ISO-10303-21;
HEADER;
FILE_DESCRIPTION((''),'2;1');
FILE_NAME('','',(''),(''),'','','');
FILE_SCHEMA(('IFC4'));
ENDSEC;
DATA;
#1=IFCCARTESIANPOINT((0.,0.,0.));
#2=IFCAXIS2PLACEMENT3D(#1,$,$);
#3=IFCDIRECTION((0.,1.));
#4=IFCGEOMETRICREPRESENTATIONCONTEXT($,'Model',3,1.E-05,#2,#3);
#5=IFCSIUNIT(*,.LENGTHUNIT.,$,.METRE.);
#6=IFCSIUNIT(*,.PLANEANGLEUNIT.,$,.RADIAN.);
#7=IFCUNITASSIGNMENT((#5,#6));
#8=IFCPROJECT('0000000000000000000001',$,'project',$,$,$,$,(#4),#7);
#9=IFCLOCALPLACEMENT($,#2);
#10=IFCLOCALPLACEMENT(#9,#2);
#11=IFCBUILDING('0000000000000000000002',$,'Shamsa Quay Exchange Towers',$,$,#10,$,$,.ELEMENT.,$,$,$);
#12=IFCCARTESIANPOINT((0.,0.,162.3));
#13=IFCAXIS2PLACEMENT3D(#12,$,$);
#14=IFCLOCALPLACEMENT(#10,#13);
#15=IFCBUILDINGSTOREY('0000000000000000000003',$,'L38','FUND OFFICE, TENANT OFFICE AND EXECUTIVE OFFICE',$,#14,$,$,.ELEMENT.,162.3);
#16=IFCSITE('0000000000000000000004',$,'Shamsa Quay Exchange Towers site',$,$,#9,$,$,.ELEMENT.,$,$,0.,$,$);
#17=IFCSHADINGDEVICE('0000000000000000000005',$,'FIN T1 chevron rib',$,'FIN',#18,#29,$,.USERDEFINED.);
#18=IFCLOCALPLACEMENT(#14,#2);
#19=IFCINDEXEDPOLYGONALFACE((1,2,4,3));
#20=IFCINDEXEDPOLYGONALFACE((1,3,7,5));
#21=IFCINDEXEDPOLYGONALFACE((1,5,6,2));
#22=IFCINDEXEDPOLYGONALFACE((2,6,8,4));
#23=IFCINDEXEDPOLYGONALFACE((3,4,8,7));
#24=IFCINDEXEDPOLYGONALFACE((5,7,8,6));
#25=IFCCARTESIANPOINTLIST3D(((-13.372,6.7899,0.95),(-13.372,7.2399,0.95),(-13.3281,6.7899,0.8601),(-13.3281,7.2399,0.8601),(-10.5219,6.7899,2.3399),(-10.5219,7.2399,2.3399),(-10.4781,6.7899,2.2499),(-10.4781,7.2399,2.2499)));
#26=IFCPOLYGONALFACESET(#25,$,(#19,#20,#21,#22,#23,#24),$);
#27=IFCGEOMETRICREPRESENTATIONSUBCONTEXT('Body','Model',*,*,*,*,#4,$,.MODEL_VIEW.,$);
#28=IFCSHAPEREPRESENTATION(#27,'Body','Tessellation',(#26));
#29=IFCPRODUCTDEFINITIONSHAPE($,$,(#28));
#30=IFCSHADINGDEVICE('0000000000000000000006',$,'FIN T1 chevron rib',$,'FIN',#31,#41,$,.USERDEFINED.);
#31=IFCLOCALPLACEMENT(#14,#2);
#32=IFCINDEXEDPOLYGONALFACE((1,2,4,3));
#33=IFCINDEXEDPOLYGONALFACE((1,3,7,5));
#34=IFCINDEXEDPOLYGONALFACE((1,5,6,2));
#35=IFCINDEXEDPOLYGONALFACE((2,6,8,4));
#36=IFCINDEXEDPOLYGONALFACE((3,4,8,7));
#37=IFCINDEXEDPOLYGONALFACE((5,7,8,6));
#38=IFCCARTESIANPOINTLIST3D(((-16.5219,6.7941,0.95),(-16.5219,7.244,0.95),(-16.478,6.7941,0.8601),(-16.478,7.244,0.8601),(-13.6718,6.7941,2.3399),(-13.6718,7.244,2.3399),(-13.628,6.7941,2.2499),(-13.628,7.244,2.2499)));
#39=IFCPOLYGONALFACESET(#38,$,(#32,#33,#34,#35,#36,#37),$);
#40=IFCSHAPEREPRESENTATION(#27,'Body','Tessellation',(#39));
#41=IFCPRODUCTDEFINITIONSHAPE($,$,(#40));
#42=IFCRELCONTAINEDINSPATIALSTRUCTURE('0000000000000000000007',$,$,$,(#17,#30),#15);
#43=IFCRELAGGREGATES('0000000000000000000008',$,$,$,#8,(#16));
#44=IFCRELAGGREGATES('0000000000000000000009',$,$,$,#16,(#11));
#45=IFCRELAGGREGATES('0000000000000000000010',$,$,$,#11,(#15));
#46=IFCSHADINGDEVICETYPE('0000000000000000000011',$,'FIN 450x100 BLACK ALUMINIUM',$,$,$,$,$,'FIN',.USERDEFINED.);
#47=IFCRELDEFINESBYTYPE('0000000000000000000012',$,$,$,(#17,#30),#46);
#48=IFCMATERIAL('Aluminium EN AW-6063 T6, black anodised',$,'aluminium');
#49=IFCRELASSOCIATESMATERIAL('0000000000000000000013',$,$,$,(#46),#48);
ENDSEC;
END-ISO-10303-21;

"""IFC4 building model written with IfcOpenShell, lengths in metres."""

from ifc_helpers import new_model, si_unit, direction, frame, origin, origin_2d, place, context, subcontext, project, spatial, rectangle, extrude, material, material_profile, profile_set, type_object, element, save


model = new_model("IFC4")

# Units and contexts
model_context = context("Model", 3, precision=1e-05, world=origin(), true_north=direction((0.0, 1.0)))
body_context = subcontext(model_context, "Body", "Model", "MODEL_VIEW")
ifc_project = project(units=[si_unit("LENGTHUNIT", "METRE"), si_unit("PLANEANGLEUNIT", "RADIAN")], contexts=[model_context])

# Site, building, storey
site_placement = place(None, origin())
site = spatial("IfcSite", under=ifc_project, at=site_placement, Name="Shamsa Quay Exchange Towers site", CompositionType="ELEMENT", RefElevation=0.0)
building_placement = place(site_placement, origin())
building = spatial("IfcBuilding", under=site, at=building_placement, Name="Shamsa Quay Exchange Towers", CompositionType="ELEMENT")
storey_placement = place(building_placement, frame((0.0, 0.0, 162.3)))
storey = spatial("IfcBuildingStorey", under=building, at=storey_placement, Name="L38", Description="FUND OFFICE, TENANT OFFICE AND EXECUTIVE OFFICE", CompositionType="ELEMENT", Elevation=162.3)

# Shared definitions
ifc_material_1 = material(Name="Aluminium EN AW-6063 T6, black anodised", Category="aluminium")

# Shading devices
ifc_material_profile_1 = material_profile(ifc_material_1, rectangle(XDim=0.45, YDim=0.1001, at=origin_2d()), Name="FIN450x100")
ifc_profile_set_1 = profile_set([ifc_material_profile_1], Name="Aluminium EN AW-6063 T6, black anodised")
shading_device_type = type_object("IfcShadingDeviceType", Name="FIN 450x100 BLACK ALUMINIUM", ElementType="FIN", PredefinedType="USERDEFINED", material=ifc_profile_set_1)
for number, where, z_axis, x_axis, name in (
    (1, (-10.5, 7.0149, 2.2949), (-0.898818, 0.0, -0.438322), (0.0, -1.0, 0.0), "FIN T1 chevron rib"),
    (2, (-13.6499, 7.019, 2.2949), (-0.898818, 0.0, -0.438322), (0.0, -1.0, 0.0), "FIN T1 chevron rib"),
):
    element("IfcShadingDevice", number, at=place(storey_placement, frame(where, z_axis=z_axis, x_axis=x_axis)), inside=storey, type_object=shading_device_type, Name=name, ObjectType="FIN", PredefinedType="USERDEFINED", context=body_context, shape_type="SweptSolid", body=[
        extrude(rectangle(XDim=0.45, YDim=0.1001, at=origin_2d()), origin(), (0.0, 0.0, 1.0), 3.1709),
    ])

save(model, "model.ifc")
